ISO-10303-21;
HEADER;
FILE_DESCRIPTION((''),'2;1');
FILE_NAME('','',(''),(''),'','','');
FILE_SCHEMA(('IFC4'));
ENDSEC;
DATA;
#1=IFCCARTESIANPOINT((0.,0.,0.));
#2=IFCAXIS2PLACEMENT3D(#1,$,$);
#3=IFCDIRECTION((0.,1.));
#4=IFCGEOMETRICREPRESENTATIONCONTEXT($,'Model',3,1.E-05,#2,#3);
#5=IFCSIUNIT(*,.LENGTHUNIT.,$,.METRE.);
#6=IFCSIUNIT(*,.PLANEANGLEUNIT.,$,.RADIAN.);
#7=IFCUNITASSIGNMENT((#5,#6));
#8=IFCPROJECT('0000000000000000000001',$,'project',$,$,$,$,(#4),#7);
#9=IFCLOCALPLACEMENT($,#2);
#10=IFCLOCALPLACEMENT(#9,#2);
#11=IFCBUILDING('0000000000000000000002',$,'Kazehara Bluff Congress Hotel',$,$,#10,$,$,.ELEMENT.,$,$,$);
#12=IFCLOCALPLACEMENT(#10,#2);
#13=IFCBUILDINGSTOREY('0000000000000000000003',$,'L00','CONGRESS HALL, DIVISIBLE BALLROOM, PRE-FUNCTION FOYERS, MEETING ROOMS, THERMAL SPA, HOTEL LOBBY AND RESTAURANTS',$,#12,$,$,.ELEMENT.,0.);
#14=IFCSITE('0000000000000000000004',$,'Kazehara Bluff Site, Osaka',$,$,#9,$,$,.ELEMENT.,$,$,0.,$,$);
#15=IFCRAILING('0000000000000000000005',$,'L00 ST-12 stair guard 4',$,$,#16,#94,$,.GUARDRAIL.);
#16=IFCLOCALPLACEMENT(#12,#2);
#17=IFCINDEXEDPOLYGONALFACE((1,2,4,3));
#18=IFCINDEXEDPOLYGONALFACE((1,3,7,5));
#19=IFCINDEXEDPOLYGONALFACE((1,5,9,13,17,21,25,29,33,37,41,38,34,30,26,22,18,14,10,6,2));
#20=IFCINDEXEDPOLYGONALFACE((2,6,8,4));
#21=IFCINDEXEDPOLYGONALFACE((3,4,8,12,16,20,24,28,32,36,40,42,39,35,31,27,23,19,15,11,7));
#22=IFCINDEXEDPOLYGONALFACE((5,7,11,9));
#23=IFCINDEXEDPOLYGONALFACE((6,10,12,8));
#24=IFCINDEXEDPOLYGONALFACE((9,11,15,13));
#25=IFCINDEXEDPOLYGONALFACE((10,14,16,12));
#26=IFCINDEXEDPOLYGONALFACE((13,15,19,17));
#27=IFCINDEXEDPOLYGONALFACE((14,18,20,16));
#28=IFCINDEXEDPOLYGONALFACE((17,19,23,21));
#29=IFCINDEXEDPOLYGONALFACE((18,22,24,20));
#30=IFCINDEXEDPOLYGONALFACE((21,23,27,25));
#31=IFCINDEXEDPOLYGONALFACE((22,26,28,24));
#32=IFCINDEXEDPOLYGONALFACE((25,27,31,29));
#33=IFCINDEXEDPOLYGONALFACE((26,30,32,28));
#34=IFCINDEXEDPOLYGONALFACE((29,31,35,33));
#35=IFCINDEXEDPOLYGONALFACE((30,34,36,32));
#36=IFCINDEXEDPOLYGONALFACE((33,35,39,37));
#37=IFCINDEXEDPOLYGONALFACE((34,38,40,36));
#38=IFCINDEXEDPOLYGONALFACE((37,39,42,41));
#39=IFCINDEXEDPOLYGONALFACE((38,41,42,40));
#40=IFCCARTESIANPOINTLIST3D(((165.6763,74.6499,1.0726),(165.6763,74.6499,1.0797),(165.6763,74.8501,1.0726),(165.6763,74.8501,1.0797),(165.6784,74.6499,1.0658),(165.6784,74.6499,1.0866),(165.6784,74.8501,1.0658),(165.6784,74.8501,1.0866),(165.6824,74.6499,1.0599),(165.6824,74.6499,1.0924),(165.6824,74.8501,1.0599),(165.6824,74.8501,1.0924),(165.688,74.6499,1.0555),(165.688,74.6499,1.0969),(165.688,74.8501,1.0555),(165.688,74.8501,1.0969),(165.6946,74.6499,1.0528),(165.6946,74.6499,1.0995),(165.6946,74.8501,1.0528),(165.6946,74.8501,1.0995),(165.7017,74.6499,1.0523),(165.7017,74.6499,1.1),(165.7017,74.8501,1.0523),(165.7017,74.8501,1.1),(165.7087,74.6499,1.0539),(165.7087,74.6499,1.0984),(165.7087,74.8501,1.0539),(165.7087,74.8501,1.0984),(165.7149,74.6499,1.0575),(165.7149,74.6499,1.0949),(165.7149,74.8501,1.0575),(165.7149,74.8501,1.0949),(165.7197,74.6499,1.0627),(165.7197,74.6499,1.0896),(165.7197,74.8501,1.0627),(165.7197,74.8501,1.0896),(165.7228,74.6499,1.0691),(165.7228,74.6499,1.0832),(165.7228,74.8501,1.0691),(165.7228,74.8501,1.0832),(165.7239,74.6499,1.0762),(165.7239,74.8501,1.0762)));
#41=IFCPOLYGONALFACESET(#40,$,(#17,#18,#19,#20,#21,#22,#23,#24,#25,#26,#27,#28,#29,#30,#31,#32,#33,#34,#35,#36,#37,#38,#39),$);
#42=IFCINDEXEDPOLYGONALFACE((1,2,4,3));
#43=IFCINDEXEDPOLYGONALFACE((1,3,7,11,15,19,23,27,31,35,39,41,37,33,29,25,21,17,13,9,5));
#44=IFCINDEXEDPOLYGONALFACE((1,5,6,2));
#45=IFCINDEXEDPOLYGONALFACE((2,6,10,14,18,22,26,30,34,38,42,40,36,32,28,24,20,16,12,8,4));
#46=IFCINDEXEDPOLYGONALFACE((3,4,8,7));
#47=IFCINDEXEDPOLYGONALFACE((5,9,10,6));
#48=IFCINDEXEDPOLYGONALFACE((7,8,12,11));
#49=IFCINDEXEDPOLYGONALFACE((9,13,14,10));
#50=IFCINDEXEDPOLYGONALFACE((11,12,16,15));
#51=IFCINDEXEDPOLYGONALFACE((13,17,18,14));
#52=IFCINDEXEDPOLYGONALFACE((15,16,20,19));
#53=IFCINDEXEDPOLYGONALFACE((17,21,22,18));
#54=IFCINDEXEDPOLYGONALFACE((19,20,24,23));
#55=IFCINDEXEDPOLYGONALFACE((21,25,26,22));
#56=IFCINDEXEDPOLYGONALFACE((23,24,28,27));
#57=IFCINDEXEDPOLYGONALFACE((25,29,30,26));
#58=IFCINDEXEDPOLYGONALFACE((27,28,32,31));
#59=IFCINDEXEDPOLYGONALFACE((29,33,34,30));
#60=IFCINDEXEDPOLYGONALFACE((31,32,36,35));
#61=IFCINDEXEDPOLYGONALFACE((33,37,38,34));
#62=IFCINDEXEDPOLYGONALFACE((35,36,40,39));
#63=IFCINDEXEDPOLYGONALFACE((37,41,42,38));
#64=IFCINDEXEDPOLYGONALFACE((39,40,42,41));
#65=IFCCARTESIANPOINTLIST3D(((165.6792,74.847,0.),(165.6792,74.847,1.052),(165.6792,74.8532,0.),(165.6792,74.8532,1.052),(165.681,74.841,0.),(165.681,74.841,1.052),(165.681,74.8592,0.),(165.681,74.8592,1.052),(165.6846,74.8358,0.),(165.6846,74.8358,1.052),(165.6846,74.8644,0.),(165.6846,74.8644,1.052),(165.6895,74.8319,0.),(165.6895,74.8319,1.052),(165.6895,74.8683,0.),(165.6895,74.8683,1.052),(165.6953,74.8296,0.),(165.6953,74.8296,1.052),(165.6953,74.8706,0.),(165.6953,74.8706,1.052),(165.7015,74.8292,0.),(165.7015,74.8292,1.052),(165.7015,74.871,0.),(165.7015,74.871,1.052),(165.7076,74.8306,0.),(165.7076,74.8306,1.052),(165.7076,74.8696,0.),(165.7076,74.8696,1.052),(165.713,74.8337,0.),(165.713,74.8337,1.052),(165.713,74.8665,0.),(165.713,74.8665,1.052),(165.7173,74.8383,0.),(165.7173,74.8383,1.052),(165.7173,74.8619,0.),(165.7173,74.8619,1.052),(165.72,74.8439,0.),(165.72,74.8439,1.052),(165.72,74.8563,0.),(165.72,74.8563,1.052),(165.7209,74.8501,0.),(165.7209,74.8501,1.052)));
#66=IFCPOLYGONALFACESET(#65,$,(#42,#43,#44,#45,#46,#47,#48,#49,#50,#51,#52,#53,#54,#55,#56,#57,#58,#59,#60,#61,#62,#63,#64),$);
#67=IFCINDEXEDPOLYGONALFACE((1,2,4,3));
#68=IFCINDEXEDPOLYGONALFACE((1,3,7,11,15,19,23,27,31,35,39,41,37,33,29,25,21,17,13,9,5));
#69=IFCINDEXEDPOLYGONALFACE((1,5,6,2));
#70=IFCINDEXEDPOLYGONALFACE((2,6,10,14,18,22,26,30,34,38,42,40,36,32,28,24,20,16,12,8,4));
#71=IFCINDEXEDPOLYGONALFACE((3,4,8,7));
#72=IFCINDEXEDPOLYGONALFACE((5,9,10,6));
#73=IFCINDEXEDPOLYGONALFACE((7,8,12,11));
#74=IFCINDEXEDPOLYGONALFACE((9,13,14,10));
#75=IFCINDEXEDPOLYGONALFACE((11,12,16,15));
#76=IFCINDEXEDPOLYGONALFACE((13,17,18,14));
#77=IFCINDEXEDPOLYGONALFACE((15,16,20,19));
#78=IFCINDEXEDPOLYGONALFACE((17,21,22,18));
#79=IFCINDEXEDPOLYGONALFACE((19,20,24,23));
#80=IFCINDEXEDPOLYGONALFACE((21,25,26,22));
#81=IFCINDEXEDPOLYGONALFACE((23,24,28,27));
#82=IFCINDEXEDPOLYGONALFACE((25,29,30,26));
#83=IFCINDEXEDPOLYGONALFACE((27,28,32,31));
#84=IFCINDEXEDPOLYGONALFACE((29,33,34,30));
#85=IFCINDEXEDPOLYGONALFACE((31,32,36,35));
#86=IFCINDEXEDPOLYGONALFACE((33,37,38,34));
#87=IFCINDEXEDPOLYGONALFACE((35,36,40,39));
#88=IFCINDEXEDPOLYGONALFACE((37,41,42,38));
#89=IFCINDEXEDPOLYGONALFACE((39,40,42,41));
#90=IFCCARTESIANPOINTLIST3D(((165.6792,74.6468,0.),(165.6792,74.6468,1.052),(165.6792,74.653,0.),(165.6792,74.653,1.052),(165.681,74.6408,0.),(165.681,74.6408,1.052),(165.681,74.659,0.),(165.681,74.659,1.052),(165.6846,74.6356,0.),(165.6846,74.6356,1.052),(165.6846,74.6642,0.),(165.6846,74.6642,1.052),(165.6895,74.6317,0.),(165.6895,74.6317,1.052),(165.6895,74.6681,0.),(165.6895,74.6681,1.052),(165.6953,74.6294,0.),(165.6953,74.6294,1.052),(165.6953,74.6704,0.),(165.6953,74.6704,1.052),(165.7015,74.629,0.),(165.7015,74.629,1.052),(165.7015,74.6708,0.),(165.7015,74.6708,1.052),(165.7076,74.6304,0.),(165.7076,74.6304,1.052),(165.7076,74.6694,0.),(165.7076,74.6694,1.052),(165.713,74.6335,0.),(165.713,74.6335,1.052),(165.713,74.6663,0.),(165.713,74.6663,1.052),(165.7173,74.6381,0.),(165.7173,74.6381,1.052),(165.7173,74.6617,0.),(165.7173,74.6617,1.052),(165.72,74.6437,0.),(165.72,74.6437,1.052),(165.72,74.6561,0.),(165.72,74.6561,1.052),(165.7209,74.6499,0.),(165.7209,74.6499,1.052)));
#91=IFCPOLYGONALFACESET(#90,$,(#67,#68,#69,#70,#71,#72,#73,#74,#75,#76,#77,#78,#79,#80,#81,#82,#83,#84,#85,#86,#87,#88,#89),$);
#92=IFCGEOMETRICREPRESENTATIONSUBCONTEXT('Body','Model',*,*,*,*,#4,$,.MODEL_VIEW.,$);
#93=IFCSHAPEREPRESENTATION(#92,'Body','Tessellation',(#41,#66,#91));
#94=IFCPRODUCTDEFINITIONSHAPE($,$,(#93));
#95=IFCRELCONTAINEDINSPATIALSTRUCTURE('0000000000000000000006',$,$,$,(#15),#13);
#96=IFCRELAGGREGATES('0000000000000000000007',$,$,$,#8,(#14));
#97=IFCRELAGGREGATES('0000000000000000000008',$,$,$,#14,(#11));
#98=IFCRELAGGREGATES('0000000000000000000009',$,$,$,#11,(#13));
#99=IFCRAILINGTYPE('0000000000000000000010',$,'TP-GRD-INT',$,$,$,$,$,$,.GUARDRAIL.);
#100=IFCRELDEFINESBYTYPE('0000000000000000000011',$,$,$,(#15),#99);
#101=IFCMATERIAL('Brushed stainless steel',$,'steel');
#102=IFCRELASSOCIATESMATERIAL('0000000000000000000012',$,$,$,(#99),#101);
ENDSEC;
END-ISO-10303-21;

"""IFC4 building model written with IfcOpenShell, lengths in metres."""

from ifc_helpers import new_model, si_unit, direction, frame, origin, origin_2d, place, context, subcontext, project, spatial, circle, extrude, material, type_object, element, save


model = new_model("IFC4")

# Units and contexts
model_context = context("Model", 3, precision=1e-05, world=origin(), true_north=direction((0.0, 1.0)))
body_context = subcontext(model_context, "Body", "Model", "MODEL_VIEW")
ifc_project = project(units=[si_unit("LENGTHUNIT", "METRE"), si_unit("PLANEANGLEUNIT", "RADIAN")], contexts=[model_context])

# Site, building, storey
site_placement = place(None, origin())
site = spatial("IfcSite", under=ifc_project, at=site_placement, Name="Kazehara Bluff Site, Osaka", CompositionType="ELEMENT", RefElevation=0.0)
building_placement = place(site_placement, origin())
building = spatial("IfcBuilding", under=site, at=building_placement, Name="Kazehara Bluff Congress Hotel", CompositionType="ELEMENT")
storey_placement = place(building_placement, origin())
storey = spatial("IfcBuildingStorey", under=building, at=storey_placement, Name="L00", Description="CONGRESS HALL, DIVISIBLE BALLROOM, PRE-FUNCTION FOYERS, MEETING ROOMS, THERMAL SPA, HOTEL LOBBY AND RESTAURANTS", CompositionType="ELEMENT", Elevation=0.0)

# Railing
ifc_material_1 = material(Name="Brushed stainless steel", Category="steel")
railing_type_1 = type_object("IfcRailingType", Name="TP-GRD-INT", PredefinedType="GUARDRAIL", material=ifc_material_1)
railing_1_placement = place(storey_placement, frame((165.7, 74.8501, 0.0)))
element("IfcRailing", 1, at=railing_1_placement, inside=storey, type_object=railing_type_1, Name="L00 ST-12 stair guard 4", PredefinedType="GUARDRAIL", context=body_context, shape_type="SweptSolid", body=[
    extrude(circle(Radius=0.0239, at=origin_2d()), frame((0.0, 0.0, 1.0762), z_axis=(0.0, -1.0, 0.0), x_axis=(1.0, 0.0, 0.0)), (0.0, 0.0, 1.0), 0.2002),
    extrude(circle(Radius=0.021, at=origin_2d()), origin(), (0.0, 0.0, 1.0), 1.052),
    extrude(circle(Radius=0.021, at=origin_2d()), frame((0.0, -0.2002, 0.0)), (0.0, 0.0, 1.0), 1.052),
])

save(model, "model.ifc")
